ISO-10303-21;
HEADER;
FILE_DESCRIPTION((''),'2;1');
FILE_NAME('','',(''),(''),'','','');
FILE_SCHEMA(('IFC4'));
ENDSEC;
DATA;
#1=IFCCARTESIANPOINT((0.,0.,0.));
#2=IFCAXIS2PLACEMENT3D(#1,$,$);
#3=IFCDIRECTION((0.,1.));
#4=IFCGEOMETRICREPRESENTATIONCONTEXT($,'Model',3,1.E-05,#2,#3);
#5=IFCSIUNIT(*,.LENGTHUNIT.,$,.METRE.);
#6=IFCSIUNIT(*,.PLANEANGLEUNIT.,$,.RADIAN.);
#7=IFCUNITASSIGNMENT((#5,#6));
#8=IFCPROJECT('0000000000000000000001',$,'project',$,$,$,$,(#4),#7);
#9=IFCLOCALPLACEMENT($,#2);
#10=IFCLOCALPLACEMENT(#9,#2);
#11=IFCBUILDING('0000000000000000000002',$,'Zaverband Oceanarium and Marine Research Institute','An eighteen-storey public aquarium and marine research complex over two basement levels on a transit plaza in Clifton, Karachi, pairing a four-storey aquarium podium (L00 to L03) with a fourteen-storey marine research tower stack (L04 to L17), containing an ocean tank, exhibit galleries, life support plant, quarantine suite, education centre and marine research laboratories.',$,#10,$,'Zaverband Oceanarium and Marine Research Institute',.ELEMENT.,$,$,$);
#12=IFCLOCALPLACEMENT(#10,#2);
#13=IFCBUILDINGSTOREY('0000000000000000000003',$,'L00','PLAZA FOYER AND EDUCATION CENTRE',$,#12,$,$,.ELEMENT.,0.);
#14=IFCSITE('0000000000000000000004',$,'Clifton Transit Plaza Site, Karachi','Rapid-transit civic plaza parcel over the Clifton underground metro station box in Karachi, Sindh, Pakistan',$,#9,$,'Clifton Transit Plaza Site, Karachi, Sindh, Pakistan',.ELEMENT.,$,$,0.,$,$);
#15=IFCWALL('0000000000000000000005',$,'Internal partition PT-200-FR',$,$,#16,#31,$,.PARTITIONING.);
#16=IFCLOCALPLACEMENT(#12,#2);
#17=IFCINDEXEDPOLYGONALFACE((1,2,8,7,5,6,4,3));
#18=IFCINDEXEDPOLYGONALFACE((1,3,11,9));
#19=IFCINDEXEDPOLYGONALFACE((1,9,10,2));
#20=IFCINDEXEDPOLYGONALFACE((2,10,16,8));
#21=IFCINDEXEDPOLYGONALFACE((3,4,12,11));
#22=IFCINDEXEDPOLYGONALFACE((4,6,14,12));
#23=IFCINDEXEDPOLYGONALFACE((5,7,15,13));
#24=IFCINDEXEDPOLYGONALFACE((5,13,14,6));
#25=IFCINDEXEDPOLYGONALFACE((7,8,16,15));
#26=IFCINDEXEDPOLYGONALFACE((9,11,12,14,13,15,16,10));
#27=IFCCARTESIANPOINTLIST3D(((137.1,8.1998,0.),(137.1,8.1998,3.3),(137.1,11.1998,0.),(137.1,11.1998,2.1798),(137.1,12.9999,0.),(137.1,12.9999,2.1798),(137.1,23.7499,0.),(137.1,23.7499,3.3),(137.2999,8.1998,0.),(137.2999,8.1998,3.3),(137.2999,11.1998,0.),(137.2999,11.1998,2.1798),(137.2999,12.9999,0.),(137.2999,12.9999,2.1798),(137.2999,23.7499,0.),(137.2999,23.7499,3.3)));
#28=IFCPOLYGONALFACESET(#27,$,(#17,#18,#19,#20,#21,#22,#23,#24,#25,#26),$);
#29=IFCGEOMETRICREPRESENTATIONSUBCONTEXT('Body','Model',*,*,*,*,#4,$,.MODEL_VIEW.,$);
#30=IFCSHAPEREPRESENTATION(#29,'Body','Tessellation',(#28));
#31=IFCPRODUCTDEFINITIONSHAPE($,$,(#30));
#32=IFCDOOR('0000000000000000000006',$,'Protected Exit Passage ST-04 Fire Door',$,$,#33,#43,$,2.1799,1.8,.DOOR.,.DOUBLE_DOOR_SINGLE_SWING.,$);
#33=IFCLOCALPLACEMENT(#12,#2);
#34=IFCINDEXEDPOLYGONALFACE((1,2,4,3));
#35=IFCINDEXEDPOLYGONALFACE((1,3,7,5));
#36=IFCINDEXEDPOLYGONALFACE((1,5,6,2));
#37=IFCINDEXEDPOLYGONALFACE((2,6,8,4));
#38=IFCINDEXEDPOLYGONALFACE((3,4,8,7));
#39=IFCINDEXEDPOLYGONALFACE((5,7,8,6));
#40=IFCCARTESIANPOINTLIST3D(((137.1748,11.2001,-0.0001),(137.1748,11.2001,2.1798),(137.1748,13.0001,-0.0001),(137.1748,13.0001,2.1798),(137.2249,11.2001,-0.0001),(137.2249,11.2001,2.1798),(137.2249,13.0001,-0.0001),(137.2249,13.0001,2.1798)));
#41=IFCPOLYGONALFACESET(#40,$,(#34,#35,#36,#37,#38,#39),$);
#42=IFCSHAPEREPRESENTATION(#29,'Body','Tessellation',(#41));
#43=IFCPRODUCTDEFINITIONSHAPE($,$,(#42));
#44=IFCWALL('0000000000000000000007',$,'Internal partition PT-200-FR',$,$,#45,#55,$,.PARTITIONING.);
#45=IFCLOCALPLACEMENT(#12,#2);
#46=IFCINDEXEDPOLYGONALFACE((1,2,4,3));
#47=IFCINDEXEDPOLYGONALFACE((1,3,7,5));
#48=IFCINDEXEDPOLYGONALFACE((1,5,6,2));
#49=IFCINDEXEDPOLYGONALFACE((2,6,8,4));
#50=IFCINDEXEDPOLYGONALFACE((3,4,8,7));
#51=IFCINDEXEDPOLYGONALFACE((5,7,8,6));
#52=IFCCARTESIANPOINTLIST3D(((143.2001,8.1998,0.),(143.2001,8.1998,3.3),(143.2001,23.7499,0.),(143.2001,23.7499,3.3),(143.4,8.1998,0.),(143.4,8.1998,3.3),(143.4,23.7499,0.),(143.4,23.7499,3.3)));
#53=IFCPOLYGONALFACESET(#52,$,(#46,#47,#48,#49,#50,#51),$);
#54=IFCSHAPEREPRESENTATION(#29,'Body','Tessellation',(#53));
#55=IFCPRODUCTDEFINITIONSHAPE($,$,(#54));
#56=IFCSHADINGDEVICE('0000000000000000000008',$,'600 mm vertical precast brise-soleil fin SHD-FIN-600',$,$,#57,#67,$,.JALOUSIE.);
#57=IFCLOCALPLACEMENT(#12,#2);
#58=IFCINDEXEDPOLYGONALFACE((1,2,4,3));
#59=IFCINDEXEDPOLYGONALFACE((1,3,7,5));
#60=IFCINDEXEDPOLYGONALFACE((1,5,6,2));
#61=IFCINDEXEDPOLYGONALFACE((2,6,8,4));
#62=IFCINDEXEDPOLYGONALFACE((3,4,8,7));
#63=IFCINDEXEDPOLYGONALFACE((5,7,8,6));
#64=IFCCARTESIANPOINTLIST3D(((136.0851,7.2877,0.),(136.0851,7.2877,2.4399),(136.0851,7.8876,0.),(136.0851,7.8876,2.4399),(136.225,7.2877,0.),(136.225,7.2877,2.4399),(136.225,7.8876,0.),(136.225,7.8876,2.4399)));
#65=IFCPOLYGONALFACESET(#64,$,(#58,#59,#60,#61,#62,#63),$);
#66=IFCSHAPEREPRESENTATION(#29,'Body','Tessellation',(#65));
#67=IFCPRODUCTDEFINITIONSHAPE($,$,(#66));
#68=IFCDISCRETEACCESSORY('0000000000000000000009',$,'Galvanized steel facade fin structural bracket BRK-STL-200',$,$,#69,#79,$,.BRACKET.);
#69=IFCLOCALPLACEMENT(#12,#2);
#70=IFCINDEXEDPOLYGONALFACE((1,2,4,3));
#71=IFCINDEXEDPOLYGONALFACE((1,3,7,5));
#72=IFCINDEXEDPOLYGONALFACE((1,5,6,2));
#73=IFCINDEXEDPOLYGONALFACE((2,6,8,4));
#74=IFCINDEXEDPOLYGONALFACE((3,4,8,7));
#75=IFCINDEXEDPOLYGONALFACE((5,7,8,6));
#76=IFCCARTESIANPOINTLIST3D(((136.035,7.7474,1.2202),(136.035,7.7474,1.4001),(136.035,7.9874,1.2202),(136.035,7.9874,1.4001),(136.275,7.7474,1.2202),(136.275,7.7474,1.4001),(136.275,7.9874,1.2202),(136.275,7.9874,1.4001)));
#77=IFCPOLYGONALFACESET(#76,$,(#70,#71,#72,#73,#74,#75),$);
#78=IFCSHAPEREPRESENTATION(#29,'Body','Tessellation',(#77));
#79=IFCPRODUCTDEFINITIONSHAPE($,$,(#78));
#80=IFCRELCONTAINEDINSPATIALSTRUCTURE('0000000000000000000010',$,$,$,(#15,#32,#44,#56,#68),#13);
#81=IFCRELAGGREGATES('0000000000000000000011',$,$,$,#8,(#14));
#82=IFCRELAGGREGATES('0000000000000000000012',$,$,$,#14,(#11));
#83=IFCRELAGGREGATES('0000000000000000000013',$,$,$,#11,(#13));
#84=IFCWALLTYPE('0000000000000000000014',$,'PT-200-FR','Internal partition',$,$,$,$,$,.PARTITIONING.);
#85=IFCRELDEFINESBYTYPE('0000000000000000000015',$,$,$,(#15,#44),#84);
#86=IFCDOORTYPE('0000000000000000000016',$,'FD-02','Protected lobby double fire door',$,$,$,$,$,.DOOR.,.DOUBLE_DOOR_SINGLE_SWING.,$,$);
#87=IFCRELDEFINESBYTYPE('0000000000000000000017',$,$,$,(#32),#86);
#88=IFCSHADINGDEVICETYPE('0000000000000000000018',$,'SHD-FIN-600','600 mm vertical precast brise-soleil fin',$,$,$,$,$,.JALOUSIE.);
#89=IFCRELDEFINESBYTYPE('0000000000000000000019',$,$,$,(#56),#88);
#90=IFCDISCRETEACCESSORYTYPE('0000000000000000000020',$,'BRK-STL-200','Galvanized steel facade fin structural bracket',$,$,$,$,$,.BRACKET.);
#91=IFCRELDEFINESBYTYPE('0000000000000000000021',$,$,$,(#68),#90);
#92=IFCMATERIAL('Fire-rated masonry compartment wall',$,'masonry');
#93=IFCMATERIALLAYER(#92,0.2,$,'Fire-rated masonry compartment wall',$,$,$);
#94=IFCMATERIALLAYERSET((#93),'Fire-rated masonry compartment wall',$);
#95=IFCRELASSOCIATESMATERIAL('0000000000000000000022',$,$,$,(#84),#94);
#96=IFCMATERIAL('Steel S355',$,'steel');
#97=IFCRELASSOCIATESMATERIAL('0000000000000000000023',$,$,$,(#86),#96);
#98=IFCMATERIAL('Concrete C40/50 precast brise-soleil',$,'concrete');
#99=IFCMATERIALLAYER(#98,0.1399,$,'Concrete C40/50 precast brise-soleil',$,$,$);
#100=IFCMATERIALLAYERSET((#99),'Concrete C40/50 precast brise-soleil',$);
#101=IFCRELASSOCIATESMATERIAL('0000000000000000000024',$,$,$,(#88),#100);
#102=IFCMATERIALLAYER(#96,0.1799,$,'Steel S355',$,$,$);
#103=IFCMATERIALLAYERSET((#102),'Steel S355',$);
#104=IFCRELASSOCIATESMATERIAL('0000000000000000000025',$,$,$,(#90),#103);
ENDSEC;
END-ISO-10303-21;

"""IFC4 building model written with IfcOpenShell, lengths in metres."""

from ifc_helpers import new_model, si_unit, direction, frame, frame_2d, origin, origin_2d, place, context, subcontext, project, spatial, rectangle, extrude, material, layer, layer_set, type_object, element, fill, save


model = new_model("IFC4")

# Units and contexts
model_context = context("Model", 3, precision=1e-05, world=origin(), true_north=direction((0.0, 1.0)))
body_context = subcontext(model_context, "Body", "Model", "MODEL_VIEW")
ifc_project = project(units=[si_unit("LENGTHUNIT", "METRE"), si_unit("PLANEANGLEUNIT", "RADIAN")], contexts=[model_context])

# Site, building, storey
site_placement = place(None, origin())
site = spatial("IfcSite", under=ifc_project, at=site_placement, Name="Clifton Transit Plaza Site, Karachi", Description="Rapid-transit civic plaza parcel over the Clifton underground metro station box in Karachi, Sindh, Pakistan", LongName="Clifton Transit Plaza Site, Karachi, Sindh, Pakistan", CompositionType="ELEMENT", RefElevation=0.0)
building_placement = place(site_placement, origin())
building = spatial("IfcBuilding", under=site, at=building_placement, Name="Zaverband Oceanarium and Marine Research Institute", Description="An eighteen-storey public aquarium and marine research complex over two basement levels on a transit plaza in Clifton, Karachi, pairing a four-storey aquarium podium (L00 to L03) with a fourteen-storey marine research tower stack (L04 to L17), containing an ocean tank, exhibit galleries, life support plant, quarantine suite, education centre and marine research laboratories.", LongName="Zaverband Oceanarium and Marine Research Institute", CompositionType="ELEMENT")
storey_placement = place(building_placement, origin())
storey = spatial("IfcBuildingStorey", under=building, at=storey_placement, Name="L00", Description="PLAZA FOYER AND EDUCATION CENTRE", CompositionType="ELEMENT", Elevation=0.0)

# Wall, opening, door
ifc_material_1 = material(Name="Fire-rated masonry compartment wall", Category="masonry")
ifc_layer_1 = layer(ifc_material_1, 0.2, Name="Fire-rated masonry compartment wall")
ifc_layer_set_1 = layer_set([ifc_layer_1], Name="Fire-rated masonry compartment wall")
wall_type_1 = type_object("IfcWallType", Name="PT-200-FR", Description="Internal partition", PredefinedType="PARTITIONING", material=ifc_layer_set_1)
wall_1_placement = place(storey_placement, frame((137.2, 8.2, 0.0), z_axis=(0.0, 0.0, 1.0), x_axis=(0.0, 1.0, 0.0)))
wall_1 = element("IfcWall", 1, at=wall_1_placement, inside=storey, type_object=wall_type_1, Name="Internal partition PT-200-FR", PredefinedType="PARTITIONING", context=body_context, shape_type="SweptSolid", body=[
    extrude(rectangle(XDim=15.55, YDim=0.2, at=frame_2d((7.7749, 0.0))), origin(), (0.0, 0.0, 1.0), 3.3),
])
opening_1_placement = place(wall_1_placement, frame((3.0, 0.0, 0.0)))
opening_1 = element("IfcOpeningElement", 2, at=opening_1_placement, cuts=wall_1, PredefinedType="OPENING", context=body_context, shape_type="SweptSolid", body=[
    extrude(rectangle(XDim=1.8, YDim=2.1799, at=frame_2d((0.8999, 1.0898))), frame((0.0, 0.1118, 0.0), z_axis=(0.0, -1.0, 0.0), x_axis=(1.0, 0.0, 0.0)), (0.0, 0.0, 1.0), 0.2239),
])
ifc_material_2 = material(Name="Steel S355", Category="steel")
door_type_1 = type_object("IfcDoorType", Name="FD-02", Description="Protected lobby double fire door", OperationType="DOUBLE_DOOR_SINGLE_SWING", PredefinedType="DOOR", material=ifc_material_2)
door_1_placement = place(opening_1_placement, frame((1.8, 0.0, 0.0), z_axis=(0.0, 0.0, 1.0), x_axis=(-1.0, 0.0, 0.0)))
door_1 = element("IfcDoor", 3, at=door_1_placement, inside=storey, type_object=door_type_1, Name="Protected Exit Passage ST-04 Fire Door", OperationType="DOUBLE_DOOR_SINGLE_SWING", OverallHeight=2.1799, OverallWidth=1.8, PredefinedType="DOOR", context=body_context, shape_type="SweptSolid", body=[
    extrude(rectangle(XDim=1.8, YDim=2.1799, at=frame_2d((0.8999, 1.0898))), frame((0.0, 0.0249, 0.0), z_axis=(0.0, -1.0, 0.0), x_axis=(1.0, 0.0, 0.0)), (0.0, 0.0, 1.0), 0.05),
])
fill(opening_1, door_1)

# Wall
wall_2_placement = place(storey_placement, frame((143.3, 8.2, 0.0), z_axis=(0.0, 0.0, 1.0), x_axis=(0.0, 1.0, 0.0)))
element("IfcWall", 4, at=wall_2_placement, inside=storey, type_object=wall_type_1, Name="Internal partition PT-200-FR", PredefinedType="PARTITIONING", context=body_context, shape_type="SweptSolid", body=[
    extrude(rectangle(XDim=15.55, YDim=0.2, at=frame_2d((7.7749, 0.0))), origin(), (0.0, 0.0, 1.0), 3.3),
])

# Shading device
ifc_material_3 = material(Name="Concrete C40/50 precast brise-soleil", Category="concrete")
ifc_layer_2 = layer(ifc_material_3, 0.1399, Name="Concrete C40/50 precast brise-soleil")
ifc_layer_set_2 = layer_set([ifc_layer_2], Name="Concrete C40/50 precast brise-soleil")
shading_device_type = type_object("IfcShadingDeviceType", Name="SHD-FIN-600", Description="600 mm vertical precast brise-soleil fin", PredefinedType="JALOUSIE", material=ifc_layer_set_2)
shading_device_placement = place(storey_placement, frame((136.155, 7.8875, 0.0), z_axis=(0.0, 0.0, 1.0), x_axis=(0.0, -1.0, 0.0)))
element("IfcShadingDevice", 5, at=shading_device_placement, inside=storey, type_object=shading_device_type, Name="600 mm vertical precast brise-soleil fin SHD-FIN-600", PredefinedType="JALOUSIE", context=body_context, shape_type="SweptSolid", body=[
    extrude(rectangle(XDim=0.5999, YDim=0.1399, at=frame_2d((0.2998, 0.0))), origin(), (0.0, 0.0, 1.0), 2.4399),
])

# Discrete accessory
ifc_layer_3 = layer(ifc_material_2, 0.1799, Name="Steel S355")
ifc_layer_set_3 = layer_set([ifc_layer_3], Name="Steel S355")
discrete_accessory_type = type_object("IfcDiscreteAccessoryType", Name="BRK-STL-200", Description="Galvanized steel facade fin structural bracket", PredefinedType="BRACKET", material=ifc_layer_set_3)
discrete_accessory_placement = place(storey_placement, frame((136.155, 7.8674, 1.2202), z_axis=(0.0, 0.0, 1.0), x_axis=(1.0, 0.0, 0.0)))
element("IfcDiscreteAccessory", 6, at=discrete_accessory_placement, inside=storey, type_object=discrete_accessory_type, Name="Galvanized steel facade fin structural bracket BRK-STL-200", PredefinedType="BRACKET", context=body_context, shape_type="SweptSolid", body=[
    extrude(rectangle(XDim=0.24, YDim=0.24, at=origin_2d()), origin(), (0.0, 0.0, 1.0), 0.1799),
])

save(model, "model.ifc")
